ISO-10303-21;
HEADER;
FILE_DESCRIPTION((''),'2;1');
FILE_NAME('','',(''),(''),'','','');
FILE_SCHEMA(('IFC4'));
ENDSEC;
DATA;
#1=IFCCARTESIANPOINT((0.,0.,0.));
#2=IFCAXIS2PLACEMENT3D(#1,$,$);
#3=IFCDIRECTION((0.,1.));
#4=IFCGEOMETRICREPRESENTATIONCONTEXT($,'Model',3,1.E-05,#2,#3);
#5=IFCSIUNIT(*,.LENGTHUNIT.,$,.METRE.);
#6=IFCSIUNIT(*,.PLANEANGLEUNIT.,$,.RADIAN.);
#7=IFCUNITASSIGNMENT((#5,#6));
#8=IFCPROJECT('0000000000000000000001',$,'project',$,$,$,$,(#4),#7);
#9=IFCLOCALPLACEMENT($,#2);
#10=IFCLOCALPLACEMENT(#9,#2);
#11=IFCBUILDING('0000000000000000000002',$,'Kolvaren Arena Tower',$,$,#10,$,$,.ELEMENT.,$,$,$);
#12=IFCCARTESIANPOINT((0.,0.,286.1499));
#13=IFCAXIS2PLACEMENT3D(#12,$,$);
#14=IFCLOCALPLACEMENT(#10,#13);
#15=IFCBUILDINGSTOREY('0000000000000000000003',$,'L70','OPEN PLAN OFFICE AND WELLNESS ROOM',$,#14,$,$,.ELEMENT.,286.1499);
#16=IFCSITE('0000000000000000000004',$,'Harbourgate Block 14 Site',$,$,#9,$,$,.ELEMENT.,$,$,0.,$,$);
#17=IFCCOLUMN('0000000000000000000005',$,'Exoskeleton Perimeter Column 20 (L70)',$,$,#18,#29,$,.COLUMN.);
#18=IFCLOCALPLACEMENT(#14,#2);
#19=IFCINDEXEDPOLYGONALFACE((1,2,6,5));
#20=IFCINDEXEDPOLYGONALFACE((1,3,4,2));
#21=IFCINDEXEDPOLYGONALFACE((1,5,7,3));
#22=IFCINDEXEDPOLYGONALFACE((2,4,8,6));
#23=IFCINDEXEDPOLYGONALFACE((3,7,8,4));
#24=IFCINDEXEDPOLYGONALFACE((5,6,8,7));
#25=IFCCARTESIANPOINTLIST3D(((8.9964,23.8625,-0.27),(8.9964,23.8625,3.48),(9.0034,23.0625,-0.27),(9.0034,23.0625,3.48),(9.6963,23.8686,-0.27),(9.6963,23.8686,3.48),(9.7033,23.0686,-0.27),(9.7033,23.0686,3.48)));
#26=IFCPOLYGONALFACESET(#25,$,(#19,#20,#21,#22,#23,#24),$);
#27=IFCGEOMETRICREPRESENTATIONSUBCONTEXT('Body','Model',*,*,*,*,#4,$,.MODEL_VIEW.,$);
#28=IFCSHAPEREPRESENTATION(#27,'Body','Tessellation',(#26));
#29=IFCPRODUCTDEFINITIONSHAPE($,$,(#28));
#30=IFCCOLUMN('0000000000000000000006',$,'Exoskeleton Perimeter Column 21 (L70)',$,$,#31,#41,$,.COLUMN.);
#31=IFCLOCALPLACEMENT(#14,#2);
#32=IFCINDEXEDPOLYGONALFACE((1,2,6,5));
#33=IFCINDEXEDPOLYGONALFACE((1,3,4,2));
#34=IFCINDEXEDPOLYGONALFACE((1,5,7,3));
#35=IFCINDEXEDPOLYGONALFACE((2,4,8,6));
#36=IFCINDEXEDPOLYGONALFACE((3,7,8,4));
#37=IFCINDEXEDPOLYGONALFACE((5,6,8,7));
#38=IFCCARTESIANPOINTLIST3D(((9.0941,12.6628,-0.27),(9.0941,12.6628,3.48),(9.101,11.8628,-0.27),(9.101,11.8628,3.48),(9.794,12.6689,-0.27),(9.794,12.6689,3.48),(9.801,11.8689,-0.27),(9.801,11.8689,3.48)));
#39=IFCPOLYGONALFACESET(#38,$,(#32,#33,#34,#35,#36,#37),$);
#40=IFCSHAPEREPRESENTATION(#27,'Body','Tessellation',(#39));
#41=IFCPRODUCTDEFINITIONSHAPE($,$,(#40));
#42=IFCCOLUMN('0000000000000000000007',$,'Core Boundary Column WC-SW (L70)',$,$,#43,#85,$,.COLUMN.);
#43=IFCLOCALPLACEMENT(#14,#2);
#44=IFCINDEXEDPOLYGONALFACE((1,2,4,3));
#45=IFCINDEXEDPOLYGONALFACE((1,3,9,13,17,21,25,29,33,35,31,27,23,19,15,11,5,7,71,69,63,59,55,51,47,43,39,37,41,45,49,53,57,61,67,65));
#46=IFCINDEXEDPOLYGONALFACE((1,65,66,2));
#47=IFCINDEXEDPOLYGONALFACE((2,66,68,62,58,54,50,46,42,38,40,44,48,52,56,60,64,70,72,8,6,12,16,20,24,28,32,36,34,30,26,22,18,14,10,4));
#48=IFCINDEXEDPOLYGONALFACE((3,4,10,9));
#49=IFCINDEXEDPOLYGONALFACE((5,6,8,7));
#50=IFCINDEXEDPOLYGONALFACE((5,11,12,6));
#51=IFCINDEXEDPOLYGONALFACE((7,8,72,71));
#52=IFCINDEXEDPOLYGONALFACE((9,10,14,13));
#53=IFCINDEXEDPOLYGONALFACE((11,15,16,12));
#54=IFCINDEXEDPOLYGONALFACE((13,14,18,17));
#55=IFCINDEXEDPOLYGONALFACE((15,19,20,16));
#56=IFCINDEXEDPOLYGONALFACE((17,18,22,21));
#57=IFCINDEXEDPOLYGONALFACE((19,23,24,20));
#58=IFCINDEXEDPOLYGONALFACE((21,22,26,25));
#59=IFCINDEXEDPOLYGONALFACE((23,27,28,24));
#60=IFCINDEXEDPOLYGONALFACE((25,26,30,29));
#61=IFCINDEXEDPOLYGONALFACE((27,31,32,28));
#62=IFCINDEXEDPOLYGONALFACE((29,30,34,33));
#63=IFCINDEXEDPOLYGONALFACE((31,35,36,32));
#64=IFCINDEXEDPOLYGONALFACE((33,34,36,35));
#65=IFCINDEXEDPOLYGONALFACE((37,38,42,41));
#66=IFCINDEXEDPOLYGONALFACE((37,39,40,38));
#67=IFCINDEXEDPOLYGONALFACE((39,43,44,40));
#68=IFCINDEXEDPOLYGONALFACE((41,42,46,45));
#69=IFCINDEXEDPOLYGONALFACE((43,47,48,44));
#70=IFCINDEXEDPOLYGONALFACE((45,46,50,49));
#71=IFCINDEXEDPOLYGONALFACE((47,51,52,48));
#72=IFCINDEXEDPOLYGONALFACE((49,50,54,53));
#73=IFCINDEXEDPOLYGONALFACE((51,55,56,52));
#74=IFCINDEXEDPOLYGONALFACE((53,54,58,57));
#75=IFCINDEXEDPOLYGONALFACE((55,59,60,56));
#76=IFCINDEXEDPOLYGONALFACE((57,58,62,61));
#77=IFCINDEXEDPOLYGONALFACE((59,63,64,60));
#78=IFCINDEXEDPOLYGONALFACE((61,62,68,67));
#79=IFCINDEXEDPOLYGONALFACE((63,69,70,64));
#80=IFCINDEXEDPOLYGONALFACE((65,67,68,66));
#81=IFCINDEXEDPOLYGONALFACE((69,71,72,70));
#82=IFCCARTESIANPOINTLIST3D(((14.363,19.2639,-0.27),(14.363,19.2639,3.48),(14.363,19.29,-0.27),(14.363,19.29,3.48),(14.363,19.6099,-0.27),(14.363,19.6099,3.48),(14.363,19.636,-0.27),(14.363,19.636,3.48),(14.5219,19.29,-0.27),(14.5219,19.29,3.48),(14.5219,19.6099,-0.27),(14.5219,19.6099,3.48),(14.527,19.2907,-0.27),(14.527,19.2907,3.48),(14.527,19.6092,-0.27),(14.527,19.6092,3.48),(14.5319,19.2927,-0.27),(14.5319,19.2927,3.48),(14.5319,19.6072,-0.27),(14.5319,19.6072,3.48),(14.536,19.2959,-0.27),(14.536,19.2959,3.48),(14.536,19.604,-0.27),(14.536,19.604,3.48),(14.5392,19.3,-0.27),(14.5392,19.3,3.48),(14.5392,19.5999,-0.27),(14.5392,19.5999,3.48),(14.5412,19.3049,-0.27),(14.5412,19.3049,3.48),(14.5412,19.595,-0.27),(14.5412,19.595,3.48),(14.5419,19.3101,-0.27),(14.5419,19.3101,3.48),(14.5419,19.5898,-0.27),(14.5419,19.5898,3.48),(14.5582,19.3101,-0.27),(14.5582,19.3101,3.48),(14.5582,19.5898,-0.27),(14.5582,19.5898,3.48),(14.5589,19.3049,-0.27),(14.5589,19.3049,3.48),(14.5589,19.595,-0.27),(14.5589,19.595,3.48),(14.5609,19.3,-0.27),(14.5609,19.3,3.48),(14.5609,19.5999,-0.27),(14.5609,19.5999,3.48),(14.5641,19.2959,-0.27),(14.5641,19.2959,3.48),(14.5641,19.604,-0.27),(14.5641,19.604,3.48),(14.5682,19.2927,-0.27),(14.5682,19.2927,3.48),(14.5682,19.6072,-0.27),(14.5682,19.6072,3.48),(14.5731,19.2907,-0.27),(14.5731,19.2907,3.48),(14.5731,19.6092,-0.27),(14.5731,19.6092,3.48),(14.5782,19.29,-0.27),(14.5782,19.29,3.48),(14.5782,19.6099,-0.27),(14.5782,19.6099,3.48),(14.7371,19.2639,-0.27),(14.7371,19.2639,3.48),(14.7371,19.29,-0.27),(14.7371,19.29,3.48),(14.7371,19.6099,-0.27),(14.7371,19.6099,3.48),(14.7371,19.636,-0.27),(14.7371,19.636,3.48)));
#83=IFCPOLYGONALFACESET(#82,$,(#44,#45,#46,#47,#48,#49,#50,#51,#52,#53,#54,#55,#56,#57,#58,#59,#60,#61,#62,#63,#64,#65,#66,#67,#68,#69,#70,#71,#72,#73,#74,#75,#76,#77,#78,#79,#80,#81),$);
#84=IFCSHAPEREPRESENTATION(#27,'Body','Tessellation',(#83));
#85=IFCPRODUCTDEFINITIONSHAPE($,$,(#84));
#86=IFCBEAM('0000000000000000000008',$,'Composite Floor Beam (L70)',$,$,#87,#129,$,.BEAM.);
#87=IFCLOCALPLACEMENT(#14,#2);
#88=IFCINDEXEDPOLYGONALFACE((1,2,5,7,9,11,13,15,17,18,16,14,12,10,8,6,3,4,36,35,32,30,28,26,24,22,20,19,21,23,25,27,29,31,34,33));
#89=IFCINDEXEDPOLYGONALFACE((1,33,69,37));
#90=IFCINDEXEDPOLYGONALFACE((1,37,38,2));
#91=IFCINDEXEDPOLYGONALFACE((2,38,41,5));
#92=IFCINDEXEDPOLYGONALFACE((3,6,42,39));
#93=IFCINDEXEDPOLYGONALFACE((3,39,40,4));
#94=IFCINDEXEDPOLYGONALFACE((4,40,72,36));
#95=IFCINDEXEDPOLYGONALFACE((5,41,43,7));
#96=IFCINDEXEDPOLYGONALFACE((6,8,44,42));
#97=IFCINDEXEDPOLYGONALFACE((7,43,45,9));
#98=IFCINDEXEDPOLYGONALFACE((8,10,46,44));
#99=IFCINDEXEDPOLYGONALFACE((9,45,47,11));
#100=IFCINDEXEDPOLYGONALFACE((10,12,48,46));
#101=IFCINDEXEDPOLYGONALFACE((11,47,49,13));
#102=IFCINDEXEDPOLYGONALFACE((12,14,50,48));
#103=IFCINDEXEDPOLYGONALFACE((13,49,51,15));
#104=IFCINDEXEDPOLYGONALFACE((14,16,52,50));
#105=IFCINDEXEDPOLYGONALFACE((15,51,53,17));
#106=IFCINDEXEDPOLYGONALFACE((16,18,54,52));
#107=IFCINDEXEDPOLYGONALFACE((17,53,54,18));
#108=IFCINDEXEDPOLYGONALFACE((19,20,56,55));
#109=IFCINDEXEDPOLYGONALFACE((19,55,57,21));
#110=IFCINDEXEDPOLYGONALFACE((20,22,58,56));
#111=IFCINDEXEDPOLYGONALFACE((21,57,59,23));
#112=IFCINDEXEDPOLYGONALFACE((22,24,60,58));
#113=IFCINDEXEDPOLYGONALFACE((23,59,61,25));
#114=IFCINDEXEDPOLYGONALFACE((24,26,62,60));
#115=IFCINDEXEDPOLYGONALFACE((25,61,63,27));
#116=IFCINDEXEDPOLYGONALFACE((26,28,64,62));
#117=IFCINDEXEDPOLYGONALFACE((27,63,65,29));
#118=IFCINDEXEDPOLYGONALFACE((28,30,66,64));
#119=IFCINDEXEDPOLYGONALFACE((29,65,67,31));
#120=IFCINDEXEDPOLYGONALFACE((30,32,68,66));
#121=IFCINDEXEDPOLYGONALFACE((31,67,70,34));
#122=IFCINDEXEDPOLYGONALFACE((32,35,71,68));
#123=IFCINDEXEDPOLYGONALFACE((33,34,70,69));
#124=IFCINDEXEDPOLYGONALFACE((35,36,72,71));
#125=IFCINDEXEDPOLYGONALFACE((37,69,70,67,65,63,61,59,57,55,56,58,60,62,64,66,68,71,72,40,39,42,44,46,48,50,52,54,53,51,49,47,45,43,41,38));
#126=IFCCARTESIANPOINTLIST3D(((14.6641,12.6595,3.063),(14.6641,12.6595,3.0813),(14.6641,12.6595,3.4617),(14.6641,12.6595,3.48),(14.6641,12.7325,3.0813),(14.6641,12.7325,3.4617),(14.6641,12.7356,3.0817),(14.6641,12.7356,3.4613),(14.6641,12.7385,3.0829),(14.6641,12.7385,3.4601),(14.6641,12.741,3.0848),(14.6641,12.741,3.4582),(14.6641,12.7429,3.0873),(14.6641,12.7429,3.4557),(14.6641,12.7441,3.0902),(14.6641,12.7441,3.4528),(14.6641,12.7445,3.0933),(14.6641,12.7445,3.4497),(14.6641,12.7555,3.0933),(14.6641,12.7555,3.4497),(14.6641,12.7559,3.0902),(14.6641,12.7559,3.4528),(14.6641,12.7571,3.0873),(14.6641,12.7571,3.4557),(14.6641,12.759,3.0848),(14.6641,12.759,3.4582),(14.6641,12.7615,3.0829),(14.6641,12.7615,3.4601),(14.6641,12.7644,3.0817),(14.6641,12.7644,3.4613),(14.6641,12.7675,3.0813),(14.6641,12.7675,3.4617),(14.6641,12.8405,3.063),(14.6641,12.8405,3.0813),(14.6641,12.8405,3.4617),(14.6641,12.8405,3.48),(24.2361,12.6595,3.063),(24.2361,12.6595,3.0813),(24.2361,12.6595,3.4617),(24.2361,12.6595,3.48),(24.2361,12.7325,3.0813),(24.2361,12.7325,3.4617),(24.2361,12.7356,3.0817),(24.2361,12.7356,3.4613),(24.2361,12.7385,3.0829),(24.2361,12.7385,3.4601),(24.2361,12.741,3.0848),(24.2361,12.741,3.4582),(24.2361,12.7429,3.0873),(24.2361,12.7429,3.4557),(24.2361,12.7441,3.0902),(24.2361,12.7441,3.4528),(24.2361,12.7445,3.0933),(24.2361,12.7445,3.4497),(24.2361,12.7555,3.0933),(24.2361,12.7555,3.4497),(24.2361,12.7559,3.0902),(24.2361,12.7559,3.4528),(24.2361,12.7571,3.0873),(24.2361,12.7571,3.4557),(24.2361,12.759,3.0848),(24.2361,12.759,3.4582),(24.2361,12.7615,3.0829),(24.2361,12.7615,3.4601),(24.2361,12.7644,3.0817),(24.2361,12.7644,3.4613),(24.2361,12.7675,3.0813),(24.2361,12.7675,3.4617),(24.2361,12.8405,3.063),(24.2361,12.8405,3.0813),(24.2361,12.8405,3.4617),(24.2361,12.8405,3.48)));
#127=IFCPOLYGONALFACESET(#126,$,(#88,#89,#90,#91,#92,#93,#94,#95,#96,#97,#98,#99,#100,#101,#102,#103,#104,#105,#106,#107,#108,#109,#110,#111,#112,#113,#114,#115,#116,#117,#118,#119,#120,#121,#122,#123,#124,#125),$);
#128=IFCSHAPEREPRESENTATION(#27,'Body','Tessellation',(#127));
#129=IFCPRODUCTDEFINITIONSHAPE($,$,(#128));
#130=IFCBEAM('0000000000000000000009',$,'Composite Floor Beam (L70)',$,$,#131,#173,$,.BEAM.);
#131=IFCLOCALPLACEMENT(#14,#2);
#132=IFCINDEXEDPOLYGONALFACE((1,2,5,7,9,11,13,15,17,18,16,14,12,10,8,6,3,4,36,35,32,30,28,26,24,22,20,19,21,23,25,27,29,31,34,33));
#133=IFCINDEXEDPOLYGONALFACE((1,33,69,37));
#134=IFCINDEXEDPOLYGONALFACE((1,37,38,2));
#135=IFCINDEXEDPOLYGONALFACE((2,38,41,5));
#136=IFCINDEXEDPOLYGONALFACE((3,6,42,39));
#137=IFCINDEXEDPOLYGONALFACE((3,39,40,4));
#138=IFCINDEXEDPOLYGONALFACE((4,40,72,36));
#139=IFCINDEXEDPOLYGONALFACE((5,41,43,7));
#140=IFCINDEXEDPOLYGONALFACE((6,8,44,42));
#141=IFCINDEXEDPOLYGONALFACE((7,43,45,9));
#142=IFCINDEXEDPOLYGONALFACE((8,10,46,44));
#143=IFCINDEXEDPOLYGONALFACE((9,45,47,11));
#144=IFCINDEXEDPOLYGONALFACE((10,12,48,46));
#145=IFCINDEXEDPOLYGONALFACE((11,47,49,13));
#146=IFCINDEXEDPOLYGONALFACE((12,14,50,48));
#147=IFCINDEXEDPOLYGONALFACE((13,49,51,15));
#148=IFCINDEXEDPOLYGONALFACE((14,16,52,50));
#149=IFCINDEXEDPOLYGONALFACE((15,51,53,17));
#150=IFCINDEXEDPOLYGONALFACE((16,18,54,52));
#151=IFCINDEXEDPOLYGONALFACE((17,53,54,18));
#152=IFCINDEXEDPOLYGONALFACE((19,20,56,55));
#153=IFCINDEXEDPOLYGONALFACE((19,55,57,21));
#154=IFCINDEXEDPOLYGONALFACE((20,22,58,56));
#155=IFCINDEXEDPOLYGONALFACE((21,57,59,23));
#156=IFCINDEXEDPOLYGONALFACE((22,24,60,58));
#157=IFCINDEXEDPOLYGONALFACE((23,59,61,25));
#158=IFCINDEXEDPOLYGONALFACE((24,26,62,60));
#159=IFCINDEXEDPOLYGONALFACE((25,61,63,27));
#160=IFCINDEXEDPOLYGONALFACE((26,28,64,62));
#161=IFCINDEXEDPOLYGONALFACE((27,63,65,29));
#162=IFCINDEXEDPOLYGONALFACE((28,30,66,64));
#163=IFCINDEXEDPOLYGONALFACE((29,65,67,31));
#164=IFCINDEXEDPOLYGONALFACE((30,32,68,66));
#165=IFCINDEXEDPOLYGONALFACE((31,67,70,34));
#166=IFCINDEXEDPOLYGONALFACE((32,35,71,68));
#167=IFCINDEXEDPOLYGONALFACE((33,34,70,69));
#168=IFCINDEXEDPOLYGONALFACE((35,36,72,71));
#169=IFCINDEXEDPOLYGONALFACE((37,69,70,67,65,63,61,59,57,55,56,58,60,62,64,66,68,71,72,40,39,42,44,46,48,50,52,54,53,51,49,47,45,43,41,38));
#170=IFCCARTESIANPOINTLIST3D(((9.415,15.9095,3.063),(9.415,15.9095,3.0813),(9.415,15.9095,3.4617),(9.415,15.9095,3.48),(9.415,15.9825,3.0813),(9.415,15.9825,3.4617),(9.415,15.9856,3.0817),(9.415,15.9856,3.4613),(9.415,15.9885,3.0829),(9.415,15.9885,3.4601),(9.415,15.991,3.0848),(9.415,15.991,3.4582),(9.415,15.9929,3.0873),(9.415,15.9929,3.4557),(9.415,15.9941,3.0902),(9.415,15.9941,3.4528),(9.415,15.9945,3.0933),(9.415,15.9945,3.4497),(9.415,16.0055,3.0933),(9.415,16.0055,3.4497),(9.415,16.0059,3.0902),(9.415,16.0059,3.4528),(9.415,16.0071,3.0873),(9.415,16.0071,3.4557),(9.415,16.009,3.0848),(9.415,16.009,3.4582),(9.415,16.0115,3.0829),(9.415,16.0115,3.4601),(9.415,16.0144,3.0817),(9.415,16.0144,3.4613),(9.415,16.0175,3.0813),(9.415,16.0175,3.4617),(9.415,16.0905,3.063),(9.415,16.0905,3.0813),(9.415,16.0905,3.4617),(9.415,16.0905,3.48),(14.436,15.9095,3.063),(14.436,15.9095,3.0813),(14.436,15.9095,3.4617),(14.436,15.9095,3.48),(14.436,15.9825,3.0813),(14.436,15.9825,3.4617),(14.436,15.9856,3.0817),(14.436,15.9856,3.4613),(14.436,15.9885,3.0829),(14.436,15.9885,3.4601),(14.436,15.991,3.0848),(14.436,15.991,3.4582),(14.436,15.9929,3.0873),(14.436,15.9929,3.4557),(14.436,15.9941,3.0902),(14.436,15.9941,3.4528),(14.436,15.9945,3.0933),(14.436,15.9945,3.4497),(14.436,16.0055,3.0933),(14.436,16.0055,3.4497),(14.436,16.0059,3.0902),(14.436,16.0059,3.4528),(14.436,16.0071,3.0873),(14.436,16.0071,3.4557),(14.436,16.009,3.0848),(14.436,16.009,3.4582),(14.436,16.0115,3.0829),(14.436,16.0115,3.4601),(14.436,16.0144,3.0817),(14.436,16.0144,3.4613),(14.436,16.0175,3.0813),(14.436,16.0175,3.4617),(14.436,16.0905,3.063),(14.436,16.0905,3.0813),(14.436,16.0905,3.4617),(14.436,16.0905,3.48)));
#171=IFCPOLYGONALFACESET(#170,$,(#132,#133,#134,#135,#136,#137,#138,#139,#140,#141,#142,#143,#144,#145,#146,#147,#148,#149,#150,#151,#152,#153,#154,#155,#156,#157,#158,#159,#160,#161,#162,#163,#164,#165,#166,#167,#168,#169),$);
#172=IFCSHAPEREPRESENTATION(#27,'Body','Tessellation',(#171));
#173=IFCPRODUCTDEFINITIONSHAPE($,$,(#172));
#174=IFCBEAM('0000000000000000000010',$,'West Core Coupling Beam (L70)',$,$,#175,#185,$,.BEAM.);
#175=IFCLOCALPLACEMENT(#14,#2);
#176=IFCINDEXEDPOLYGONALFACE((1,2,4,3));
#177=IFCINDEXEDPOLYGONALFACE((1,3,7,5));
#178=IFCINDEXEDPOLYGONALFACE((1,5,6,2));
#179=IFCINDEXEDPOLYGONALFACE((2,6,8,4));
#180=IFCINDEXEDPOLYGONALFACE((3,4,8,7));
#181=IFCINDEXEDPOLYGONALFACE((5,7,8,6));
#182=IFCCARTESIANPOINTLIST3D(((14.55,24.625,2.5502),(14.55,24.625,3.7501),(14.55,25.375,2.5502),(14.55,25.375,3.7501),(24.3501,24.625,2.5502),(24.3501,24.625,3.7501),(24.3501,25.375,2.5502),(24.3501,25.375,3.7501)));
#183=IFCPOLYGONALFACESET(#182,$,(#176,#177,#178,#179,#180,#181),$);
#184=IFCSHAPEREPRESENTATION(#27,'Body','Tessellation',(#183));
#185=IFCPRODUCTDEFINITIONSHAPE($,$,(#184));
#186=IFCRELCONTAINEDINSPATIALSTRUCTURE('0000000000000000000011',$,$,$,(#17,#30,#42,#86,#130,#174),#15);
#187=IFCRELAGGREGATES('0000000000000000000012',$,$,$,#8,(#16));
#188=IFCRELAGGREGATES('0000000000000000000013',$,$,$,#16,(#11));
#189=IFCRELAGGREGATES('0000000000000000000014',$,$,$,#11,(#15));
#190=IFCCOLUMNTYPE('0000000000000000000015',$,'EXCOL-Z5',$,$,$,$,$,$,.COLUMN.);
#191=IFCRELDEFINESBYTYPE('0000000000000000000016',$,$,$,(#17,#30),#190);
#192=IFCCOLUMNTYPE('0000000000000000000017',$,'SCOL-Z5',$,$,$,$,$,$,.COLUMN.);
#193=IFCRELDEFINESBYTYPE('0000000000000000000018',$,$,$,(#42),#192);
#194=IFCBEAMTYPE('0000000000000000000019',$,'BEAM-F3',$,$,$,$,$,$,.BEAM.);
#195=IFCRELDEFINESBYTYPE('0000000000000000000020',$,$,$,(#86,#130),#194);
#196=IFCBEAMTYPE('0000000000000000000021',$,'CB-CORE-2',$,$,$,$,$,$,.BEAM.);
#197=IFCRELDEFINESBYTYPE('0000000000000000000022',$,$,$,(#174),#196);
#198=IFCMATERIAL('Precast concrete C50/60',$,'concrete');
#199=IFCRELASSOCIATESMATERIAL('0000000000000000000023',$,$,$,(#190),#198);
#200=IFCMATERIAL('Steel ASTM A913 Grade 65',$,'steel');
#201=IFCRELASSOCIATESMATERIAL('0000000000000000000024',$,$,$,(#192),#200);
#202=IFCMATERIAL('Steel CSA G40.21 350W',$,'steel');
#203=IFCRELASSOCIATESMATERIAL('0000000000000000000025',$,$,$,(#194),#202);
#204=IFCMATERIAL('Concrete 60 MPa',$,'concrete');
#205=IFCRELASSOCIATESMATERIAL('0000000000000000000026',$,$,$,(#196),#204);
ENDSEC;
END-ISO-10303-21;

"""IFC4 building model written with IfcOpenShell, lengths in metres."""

from ifc_helpers import new_model, si_unit, direction, frame, origin, origin_2d, place, context, subcontext, project, spatial, rectangle, i_section, extrude, material, material_profile, profile_set, type_object, element, save


model = new_model("IFC4")

# Units and contexts
model_context = context("Model", 3, precision=1e-05, world=origin(), true_north=direction((0.0, 1.0)))
body_context = subcontext(model_context, "Body", "Model", "MODEL_VIEW")
ifc_project = project(units=[si_unit("LENGTHUNIT", "METRE"), si_unit("PLANEANGLEUNIT", "RADIAN")], contexts=[model_context])

# Site, building, storey
site_placement = place(None, origin())
site = spatial("IfcSite", under=ifc_project, at=site_placement, Name="Harbourgate Block 14 Site", CompositionType="ELEMENT", RefElevation=0.0)
building_placement = place(site_placement, origin())
building = spatial("IfcBuilding", under=site, at=building_placement, Name="Kolvaren Arena Tower", CompositionType="ELEMENT")
storey_placement = place(building_placement, frame((0.0, 0.0, 286.1499)))
storey = spatial("IfcBuildingStorey", under=building, at=storey_placement, Name="L70", Description="OPEN PLAN OFFICE AND WELLNESS ROOM", CompositionType="ELEMENT", Elevation=286.1499)

# Columns
ifc_material_1 = material(Name="Precast concrete C50/60", Category="concrete")
ifc_material_profile_1 = material_profile(ifc_material_1, rectangle(XDim=0.8, YDim=0.7, at=origin_2d()), Name="RC-800x700")
ifc_profile_set_1 = profile_set([ifc_material_profile_1], Name="Precast concrete C50/60")
column_type_1 = type_object("IfcColumnType", Name="EXCOL-Z5", PredefinedType="COLUMN", material=ifc_profile_set_1)
for number, where, z_axis, x_axis, name in (
    (1, (9.3499, 23.4656, -0.27), (0.0, 0.0, 1.0), (-0.008727, 0.999962, 0.0), "Exoskeleton Perimeter Column 20 (L70)"),
    (2, (9.4475, 12.2659, -0.27), (0.0, 0.0, 1.0), (-0.008727, 0.999962, 0.0), "Exoskeleton Perimeter Column 21 (L70)"),
):
    element("IfcColumn", number, at=place(storey_placement, frame(where, z_axis=z_axis, x_axis=x_axis)), inside=storey, type_object=column_type_1, Name=name, PredefinedType="COLUMN", context=body_context, shape_type="SweptSolid", body=[
        extrude(rectangle(XDim=0.8, YDim=0.7, at=origin_2d()), origin(), (0.0, 0.0, 1.0), 3.75),
    ])
ifc_material_2 = material(Name="Steel ASTM A913 Grade 65", Category="steel")
ifc_material_profile_2 = material_profile(ifc_material_2, i_section(OverallWidth=0.374, OverallDepth=0.3721, WebThickness=0.0164, FlangeThickness=0.0261, FilletRadius=0.02, at=origin_2d()), Name="W360x196")
ifc_profile_set_2 = profile_set([ifc_material_profile_2], Name="Steel ASTM A913 Grade 65")
column_type_2 = type_object("IfcColumnType", Name="SCOL-Z5", PredefinedType="COLUMN", material=ifc_profile_set_2)
column_placement = place(storey_placement, frame((14.55, 19.45, -0.27), z_axis=(0.0, 0.0, 1.0), x_axis=(1.0, 0.0, 0.0)))
element("IfcColumn", 3, at=column_placement, inside=storey, type_object=column_type_2, Name="Core Boundary Column WC-SW (L70)", PredefinedType="COLUMN", context=body_context, shape_type="SweptSolid", body=[
    extrude(i_section(OverallWidth=0.374, OverallDepth=0.3721, WebThickness=0.0164, FlangeThickness=0.0261, FilletRadius=0.02, at=origin_2d()), origin(), (0.0, 0.0, 1.0), 3.75),
])

# Beams
ifc_material_3 = material(Name="Steel CSA G40.21 350W", Category="steel")
ifc_material_profile_3 = material_profile(ifc_material_3, i_section(OverallWidth=0.1809, OverallDepth=0.417, WebThickness=0.011, FlangeThickness=0.0183, FilletRadius=0.012, at=origin_2d()), Name="W410x85")
ifc_profile_set_3 = profile_set([ifc_material_profile_3], Name="Steel CSA G40.21 350W")
beam_type_1 = type_object("IfcBeamType", Name="BEAM-F3", PredefinedType="BEAM", material=ifc_profile_set_3)
beam_1_placement = place(storey_placement, frame((14.6641, 12.75, 3.2715), z_axis=(1.0, 0.0, 0.0), x_axis=(0.0, 1.0, 0.0)))
element("IfcBeam", 4, at=beam_1_placement, inside=storey, type_object=beam_type_1, Name="Composite Floor Beam (L70)", PredefinedType="BEAM", context=body_context, shape_type="SweptSolid", body=[
    extrude(i_section(OverallWidth=0.1809, OverallDepth=0.417, WebThickness=0.011, FlangeThickness=0.0183, FilletRadius=0.012, at=origin_2d()), origin(), (0.0, 0.0, 1.0), 9.572),
])
beam_2_placement = place(storey_placement, frame((9.415, 16.0, 3.2715), z_axis=(1.0, 0.0, 0.0), x_axis=(0.0, 1.0, 0.0)))
element("IfcBeam", 5, at=beam_2_placement, inside=storey, type_object=beam_type_1, Name="Composite Floor Beam (L70)", PredefinedType="BEAM", context=body_context, shape_type="SweptSolid", body=[
    extrude(i_section(OverallWidth=0.1809, OverallDepth=0.417, WebThickness=0.011, FlangeThickness=0.0183, FilletRadius=0.012, at=origin_2d()), origin(), (0.0, 0.0, 1.0), 5.021),
])
ifc_material_4 = material(Name="Concrete 60 MPa", Category="concrete")
ifc_material_profile_4 = material_profile(ifc_material_4, rectangle(XDim=0.75, YDim=1.2, at=origin_2d()), Name="RC-750x1200")
ifc_profile_set_4 = profile_set([ifc_material_profile_4], Name="Concrete 60 MPa")
beam_type_2 = type_object("IfcBeamType", Name="CB-CORE-2", PredefinedType="BEAM", material=ifc_profile_set_4)
beam_3_placement = place(storey_placement, frame((14.55, 25.0, 3.1501), z_axis=(1.0, 0.0, 0.0), x_axis=(0.0, 1.0, 0.0)))
element("IfcBeam", 6, at=beam_3_placement, inside=storey, type_object=beam_type_2, Name="West Core Coupling Beam (L70)", PredefinedType="BEAM", context=body_context, shape_type="SweptSolid", body=[
    extrude(rectangle(XDim=0.75, YDim=1.2, at=origin_2d()), origin(), (0.0, 0.0, 1.0), 9.8),
])

save(model, "model.ifc")
